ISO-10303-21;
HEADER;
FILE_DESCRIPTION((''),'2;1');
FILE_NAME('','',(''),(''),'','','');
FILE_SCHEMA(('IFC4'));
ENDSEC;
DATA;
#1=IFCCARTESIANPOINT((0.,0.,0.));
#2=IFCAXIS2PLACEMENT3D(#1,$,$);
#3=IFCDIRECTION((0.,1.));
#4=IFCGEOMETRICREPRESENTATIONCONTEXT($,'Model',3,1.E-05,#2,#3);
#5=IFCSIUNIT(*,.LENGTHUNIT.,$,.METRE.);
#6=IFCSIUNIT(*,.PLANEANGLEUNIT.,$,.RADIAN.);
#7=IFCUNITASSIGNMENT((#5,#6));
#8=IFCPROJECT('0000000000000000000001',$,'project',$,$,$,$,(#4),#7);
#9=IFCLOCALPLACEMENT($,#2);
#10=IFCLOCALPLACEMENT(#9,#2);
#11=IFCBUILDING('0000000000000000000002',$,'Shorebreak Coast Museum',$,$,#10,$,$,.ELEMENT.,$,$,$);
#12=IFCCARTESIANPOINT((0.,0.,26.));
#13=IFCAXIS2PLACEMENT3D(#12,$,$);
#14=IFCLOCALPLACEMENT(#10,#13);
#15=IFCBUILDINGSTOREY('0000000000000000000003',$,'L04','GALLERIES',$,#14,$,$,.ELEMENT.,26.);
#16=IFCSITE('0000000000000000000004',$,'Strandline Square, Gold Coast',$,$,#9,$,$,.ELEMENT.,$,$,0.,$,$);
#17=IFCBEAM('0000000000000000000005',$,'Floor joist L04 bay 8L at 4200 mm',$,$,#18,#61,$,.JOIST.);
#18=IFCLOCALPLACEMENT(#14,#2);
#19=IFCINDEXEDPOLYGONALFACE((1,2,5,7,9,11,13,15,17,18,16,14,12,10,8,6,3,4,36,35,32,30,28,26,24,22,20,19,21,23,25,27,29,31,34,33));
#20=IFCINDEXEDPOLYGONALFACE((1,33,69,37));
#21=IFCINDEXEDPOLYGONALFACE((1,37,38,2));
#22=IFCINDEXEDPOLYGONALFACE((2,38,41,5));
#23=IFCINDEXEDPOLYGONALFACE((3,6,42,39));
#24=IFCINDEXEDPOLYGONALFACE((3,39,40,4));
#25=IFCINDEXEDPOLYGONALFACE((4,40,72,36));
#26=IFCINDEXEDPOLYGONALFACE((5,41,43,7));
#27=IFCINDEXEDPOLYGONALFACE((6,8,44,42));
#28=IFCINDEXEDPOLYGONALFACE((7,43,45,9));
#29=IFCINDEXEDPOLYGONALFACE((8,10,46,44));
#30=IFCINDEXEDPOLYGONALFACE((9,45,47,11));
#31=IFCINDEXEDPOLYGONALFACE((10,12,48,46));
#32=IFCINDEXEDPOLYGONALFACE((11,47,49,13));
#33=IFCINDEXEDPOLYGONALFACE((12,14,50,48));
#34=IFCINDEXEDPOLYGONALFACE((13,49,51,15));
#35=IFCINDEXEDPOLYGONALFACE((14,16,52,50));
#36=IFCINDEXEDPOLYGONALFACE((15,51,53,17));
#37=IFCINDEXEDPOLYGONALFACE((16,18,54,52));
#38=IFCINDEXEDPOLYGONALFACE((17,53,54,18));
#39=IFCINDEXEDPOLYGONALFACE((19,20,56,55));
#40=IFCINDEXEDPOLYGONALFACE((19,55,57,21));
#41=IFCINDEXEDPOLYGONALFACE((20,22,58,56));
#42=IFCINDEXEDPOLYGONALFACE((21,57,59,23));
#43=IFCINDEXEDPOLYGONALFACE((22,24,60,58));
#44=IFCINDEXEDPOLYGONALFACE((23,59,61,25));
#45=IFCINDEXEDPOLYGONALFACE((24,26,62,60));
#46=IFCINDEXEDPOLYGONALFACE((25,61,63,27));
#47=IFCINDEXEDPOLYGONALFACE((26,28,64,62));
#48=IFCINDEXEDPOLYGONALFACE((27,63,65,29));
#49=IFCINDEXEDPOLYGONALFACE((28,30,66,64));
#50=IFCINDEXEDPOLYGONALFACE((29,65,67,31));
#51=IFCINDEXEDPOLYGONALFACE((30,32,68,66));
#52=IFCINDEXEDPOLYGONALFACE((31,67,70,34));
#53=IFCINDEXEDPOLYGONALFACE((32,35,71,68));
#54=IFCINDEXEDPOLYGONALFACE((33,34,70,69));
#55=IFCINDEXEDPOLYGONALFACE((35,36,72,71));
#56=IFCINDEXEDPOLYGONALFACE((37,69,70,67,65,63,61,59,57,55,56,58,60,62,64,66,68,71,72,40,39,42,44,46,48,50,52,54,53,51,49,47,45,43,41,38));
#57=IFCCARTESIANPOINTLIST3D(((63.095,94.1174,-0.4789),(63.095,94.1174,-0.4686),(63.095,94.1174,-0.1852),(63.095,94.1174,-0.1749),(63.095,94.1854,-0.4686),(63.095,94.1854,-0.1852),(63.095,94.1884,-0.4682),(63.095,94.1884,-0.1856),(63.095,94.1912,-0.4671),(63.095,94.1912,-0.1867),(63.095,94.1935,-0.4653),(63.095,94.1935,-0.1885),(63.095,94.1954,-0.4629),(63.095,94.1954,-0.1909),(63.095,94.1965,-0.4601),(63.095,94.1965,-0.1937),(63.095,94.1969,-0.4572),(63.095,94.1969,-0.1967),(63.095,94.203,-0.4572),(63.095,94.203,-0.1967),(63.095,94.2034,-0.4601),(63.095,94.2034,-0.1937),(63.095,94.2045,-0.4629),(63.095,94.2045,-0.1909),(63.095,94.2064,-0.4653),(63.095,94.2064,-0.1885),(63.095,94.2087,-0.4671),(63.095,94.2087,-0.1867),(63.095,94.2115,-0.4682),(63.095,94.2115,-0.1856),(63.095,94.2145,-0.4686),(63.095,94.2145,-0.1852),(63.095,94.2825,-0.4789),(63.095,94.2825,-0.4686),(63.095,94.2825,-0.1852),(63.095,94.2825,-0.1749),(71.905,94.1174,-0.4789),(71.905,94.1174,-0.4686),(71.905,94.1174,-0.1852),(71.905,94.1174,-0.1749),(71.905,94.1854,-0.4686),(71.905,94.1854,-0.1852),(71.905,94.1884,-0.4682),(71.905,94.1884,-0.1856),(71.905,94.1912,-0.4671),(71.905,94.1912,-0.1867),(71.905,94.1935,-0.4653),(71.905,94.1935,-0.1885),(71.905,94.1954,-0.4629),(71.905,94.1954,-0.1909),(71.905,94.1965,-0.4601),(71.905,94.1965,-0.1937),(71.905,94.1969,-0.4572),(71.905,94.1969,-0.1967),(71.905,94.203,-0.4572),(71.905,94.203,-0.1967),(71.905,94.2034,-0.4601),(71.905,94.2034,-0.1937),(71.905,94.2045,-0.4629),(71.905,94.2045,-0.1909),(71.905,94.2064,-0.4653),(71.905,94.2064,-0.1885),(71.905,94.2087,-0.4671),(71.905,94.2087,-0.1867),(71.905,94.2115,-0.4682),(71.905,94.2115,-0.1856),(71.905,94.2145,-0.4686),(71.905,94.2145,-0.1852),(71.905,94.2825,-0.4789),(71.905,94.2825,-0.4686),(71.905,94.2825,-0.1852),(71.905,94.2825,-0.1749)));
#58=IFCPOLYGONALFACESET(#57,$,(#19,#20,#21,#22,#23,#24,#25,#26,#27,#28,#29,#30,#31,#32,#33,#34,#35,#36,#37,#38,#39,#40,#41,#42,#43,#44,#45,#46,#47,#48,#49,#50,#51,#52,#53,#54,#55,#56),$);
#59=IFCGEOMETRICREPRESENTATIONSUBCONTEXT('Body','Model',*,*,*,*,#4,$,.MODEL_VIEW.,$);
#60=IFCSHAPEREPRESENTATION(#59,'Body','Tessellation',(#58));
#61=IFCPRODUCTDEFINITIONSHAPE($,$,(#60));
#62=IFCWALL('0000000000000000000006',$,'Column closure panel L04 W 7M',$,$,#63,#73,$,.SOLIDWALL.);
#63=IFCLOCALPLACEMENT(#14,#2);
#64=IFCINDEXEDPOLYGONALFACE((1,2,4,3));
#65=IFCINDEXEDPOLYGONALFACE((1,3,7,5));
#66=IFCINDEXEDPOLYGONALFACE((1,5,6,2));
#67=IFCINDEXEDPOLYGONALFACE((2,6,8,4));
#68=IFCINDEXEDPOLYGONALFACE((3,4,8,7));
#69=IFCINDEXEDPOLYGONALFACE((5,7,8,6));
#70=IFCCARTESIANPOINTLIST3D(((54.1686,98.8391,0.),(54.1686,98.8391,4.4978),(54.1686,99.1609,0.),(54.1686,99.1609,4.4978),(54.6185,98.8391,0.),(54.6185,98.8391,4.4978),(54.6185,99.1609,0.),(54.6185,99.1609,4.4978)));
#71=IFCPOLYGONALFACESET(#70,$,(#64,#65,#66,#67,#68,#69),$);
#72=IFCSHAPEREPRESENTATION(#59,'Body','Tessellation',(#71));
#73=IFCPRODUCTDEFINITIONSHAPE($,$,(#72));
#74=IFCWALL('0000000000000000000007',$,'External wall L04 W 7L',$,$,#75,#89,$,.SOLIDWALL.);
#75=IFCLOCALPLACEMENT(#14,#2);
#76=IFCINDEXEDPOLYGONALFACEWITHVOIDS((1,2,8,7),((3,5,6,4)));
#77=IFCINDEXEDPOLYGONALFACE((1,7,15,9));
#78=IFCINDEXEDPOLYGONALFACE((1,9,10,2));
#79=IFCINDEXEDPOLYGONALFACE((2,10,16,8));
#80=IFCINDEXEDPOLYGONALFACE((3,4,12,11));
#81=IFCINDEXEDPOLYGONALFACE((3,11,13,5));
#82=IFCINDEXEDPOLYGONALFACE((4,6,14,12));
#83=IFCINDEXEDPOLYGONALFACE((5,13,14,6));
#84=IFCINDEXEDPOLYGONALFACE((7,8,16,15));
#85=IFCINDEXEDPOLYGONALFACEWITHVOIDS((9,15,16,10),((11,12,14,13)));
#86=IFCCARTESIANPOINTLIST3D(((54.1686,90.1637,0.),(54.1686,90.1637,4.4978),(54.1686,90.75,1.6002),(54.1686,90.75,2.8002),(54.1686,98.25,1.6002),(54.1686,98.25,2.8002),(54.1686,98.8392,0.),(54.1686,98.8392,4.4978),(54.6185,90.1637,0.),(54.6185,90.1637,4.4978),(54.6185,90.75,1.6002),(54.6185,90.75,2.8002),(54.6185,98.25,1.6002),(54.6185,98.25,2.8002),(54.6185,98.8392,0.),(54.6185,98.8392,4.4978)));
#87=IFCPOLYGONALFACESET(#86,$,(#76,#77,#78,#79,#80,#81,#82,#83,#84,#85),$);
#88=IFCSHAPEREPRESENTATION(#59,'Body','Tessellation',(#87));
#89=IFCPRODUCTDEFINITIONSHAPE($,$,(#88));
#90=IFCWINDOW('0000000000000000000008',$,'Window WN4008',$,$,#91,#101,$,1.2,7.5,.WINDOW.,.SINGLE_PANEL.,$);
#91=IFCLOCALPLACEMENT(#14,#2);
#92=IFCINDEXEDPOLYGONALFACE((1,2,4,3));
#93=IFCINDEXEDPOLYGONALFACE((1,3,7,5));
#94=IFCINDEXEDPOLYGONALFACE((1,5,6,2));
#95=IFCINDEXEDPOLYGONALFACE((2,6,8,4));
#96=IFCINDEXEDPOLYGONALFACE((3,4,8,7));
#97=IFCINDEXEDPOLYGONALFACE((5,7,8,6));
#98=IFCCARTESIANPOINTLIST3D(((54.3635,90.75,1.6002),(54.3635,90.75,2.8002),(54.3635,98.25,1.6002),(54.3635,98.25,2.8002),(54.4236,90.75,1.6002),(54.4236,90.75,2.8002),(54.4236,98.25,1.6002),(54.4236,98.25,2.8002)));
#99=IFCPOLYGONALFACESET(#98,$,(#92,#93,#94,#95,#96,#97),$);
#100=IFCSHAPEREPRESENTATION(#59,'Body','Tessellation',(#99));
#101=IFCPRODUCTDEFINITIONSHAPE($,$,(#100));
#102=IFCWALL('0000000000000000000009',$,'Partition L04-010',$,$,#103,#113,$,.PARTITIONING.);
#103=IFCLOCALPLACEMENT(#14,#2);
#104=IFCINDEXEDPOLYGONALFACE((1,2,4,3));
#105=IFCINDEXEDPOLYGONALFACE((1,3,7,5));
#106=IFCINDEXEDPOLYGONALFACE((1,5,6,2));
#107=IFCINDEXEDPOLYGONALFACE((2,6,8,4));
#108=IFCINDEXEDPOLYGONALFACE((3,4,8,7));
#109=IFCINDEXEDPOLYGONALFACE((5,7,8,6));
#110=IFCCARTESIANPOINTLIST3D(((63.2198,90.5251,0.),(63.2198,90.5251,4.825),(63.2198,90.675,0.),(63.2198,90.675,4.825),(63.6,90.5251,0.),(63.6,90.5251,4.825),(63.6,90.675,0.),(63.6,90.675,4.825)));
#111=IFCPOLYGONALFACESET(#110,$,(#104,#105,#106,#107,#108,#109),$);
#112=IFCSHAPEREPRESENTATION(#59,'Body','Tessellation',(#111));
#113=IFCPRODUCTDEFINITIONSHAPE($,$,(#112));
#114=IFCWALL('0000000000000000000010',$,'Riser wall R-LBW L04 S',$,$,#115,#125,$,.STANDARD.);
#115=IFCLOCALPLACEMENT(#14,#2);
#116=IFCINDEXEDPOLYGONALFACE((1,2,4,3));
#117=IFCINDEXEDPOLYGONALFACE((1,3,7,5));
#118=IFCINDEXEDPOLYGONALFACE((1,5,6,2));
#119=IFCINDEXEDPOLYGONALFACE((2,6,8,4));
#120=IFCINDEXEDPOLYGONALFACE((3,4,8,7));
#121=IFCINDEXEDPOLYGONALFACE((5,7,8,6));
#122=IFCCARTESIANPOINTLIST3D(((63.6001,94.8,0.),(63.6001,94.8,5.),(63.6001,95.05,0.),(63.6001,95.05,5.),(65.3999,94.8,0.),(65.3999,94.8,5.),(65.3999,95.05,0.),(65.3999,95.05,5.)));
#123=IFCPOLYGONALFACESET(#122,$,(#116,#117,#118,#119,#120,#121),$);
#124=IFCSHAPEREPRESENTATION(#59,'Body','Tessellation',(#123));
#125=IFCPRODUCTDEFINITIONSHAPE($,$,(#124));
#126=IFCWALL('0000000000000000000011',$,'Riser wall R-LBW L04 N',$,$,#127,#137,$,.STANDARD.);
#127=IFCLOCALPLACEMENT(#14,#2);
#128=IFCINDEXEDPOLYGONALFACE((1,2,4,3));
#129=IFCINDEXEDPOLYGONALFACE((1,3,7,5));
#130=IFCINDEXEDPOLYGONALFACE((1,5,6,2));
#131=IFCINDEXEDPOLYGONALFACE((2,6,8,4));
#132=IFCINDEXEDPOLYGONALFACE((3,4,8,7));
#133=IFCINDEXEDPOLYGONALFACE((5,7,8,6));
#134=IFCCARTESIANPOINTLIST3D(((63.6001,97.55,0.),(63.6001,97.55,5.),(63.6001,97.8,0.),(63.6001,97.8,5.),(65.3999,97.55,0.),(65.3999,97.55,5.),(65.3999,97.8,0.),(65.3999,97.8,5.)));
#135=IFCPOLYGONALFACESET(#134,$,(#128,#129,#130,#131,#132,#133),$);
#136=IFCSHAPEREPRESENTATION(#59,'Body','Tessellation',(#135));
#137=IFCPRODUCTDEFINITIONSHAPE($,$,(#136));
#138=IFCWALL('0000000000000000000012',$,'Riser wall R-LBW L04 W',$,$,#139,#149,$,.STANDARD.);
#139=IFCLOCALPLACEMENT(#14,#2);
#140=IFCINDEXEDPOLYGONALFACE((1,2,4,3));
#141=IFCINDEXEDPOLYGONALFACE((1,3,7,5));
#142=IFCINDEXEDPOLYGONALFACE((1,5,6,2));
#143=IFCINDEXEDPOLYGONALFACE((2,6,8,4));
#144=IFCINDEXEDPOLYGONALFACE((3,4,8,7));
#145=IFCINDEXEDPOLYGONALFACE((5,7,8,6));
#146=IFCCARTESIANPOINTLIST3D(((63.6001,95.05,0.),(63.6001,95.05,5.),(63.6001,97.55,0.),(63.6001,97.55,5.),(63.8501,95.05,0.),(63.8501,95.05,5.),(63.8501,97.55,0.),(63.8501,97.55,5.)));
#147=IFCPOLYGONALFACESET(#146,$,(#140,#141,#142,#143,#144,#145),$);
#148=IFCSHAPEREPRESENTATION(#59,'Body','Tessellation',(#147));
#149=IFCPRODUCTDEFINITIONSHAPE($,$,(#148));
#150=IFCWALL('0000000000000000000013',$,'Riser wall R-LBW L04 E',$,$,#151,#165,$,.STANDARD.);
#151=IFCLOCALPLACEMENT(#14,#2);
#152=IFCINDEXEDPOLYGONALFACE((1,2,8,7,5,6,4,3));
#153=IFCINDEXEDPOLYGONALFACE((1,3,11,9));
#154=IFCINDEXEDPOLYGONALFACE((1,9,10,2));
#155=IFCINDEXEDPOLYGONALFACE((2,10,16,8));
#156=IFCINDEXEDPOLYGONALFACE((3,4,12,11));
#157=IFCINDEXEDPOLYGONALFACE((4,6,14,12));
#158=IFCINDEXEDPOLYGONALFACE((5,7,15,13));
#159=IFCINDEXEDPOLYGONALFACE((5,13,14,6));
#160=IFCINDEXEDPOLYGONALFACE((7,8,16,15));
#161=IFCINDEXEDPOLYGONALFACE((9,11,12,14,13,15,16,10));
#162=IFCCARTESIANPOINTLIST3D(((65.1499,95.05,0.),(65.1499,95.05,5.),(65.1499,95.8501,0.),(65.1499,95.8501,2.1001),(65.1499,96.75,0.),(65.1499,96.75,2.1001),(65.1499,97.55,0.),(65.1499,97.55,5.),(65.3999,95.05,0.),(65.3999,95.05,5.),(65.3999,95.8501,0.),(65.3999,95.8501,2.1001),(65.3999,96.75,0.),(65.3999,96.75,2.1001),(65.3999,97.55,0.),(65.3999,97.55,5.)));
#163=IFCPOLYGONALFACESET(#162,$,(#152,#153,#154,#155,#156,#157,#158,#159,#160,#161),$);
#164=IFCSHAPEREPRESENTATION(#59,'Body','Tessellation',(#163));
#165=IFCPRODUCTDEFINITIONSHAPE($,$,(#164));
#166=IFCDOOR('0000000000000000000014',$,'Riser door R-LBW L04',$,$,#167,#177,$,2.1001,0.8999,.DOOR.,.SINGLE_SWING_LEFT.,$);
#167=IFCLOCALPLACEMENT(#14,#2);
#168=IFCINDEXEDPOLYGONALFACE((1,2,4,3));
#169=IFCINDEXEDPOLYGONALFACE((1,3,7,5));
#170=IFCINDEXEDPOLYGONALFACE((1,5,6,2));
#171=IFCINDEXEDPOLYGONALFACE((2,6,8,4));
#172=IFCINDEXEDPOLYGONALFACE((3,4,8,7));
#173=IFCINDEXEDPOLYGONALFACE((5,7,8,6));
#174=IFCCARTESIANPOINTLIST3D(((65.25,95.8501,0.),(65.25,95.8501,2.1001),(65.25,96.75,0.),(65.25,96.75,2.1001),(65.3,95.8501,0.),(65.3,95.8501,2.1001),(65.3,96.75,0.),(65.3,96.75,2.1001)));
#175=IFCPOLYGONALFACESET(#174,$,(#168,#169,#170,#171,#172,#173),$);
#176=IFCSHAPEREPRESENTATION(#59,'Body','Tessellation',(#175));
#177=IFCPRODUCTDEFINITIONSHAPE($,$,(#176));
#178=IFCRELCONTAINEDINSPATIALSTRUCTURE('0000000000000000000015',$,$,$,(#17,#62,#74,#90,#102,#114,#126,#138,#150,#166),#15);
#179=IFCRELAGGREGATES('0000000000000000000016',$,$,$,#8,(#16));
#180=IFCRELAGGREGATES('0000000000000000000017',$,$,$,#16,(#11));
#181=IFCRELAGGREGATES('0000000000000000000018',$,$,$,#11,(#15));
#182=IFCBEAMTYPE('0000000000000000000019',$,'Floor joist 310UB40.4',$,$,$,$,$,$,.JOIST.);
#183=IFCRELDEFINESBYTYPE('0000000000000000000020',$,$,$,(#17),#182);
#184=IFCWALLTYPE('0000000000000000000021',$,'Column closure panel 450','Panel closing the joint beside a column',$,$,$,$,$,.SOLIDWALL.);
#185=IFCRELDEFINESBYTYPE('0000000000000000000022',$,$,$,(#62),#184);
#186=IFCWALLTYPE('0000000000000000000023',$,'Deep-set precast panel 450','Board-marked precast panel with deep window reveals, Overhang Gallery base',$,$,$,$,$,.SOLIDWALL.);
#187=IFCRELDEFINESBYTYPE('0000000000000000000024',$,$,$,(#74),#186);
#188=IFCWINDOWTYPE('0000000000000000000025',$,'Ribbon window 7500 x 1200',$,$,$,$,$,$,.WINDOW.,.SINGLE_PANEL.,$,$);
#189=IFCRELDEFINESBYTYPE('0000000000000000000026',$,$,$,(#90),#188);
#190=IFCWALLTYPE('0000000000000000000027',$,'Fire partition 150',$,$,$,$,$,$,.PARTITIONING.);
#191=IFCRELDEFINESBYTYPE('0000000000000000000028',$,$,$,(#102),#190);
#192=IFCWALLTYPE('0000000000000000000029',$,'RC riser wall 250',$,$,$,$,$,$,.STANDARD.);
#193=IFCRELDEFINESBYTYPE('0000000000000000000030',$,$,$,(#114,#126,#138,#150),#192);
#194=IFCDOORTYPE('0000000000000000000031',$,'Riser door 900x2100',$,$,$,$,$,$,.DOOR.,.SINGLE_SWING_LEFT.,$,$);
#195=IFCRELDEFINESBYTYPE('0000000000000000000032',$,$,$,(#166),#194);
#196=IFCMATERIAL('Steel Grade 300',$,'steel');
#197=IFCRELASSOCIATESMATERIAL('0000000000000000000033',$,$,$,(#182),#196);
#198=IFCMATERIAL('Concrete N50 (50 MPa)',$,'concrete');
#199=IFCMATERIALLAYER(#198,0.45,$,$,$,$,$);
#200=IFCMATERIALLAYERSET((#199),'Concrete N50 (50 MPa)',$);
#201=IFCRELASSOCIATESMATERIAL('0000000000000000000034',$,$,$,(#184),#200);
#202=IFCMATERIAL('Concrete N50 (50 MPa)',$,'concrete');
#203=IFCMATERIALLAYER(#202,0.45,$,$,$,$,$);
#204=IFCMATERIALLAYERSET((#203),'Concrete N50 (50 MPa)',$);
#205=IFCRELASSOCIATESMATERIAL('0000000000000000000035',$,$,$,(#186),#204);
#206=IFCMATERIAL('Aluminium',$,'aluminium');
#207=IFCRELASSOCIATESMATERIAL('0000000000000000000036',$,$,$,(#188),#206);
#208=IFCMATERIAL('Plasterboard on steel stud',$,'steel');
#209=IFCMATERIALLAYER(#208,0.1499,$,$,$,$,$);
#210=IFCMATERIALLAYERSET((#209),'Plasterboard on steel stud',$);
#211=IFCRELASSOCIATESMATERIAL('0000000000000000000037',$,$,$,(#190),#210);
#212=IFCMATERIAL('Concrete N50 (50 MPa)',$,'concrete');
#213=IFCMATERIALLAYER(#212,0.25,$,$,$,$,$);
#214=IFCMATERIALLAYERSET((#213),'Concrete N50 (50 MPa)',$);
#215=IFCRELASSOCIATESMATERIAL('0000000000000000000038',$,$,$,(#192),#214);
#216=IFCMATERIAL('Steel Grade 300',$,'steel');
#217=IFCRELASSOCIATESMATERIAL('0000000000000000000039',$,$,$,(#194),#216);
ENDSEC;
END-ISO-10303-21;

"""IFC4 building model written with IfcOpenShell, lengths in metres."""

from ifc_helpers import new_model, si_unit, direction, frame, frame_2d, origin, origin_2d, place, context, subcontext, project, spatial, rectangle, i_section, extrude, material, layer, layer_set, material_profile, profile_set, type_object, element, fill, save


model = new_model("IFC4")

# Units and contexts
model_context = context("Model", 3, precision=1e-05, world=origin(), true_north=direction((0.0, 1.0)))
body_context = subcontext(model_context, "Body", "Model", "MODEL_VIEW")
ifc_project = project(units=[si_unit("LENGTHUNIT", "METRE"), si_unit("PLANEANGLEUNIT", "RADIAN")], contexts=[model_context])

# Site, building, storey
site_placement = place(None, origin())
site = spatial("IfcSite", under=ifc_project, at=site_placement, Name="Strandline Square, Gold Coast", CompositionType="ELEMENT", RefElevation=0.0)
building_placement = place(site_placement, origin())
building = spatial("IfcBuilding", under=site, at=building_placement, Name="Shorebreak Coast Museum", CompositionType="ELEMENT")
storey_placement = place(building_placement, frame((0.0, 0.0, 26.0)))
storey = spatial("IfcBuildingStorey", under=building, at=storey_placement, Name="L04", Description="GALLERIES", CompositionType="ELEMENT", Elevation=26.0)

# Beam
ifc_material_1 = material(Name="Steel Grade 300", Category="steel")
ifc_material_profile_1 = material_profile(ifc_material_1, i_section(OverallWidth=0.165, OverallDepth=0.304, WebThickness=0.0061, FlangeThickness=0.0103, FilletRadius=0.0115, at=origin_2d()), Name="310UB40.4")
ifc_profile_set_1 = profile_set([ifc_material_profile_1], Name="Steel Grade 300")
beam_type_1 = type_object("IfcBeamType", Name="Floor joist 310UB40.4", PredefinedType="JOIST", material=ifc_profile_set_1)
for number, where, z_axis, x_axis, name in (
    (1, (63.095, 94.2, -0.3269), (1.0, 0.0, 0.0), (0.0, 1.0, 0.0), "Floor joist L04 bay 8L at 4200 mm"),
):
    element("IfcBeam", number, at=place(storey_placement, frame(where, z_axis=z_axis, x_axis=x_axis)), inside=storey, type_object=beam_type_1, Name=name, PredefinedType="JOIST", context=body_context, shape_type="SweptSolid", body=[
        extrude(i_section(OverallWidth=0.165, OverallDepth=0.304, WebThickness=0.0061, FlangeThickness=0.0103, FilletRadius=0.0115, at=origin_2d()), origin(), (0.0, 0.0, 1.0), 8.8101),
    ])

# Wall
ifc_material_2 = material(Name="Concrete N50 (50 MPa)", Category="concrete")
ifc_layer_1 = layer(ifc_material_2, 0.45)
ifc_layer_set_1 = layer_set([ifc_layer_1], Name="Concrete N50 (50 MPa)")
wall_type_1 = type_object("IfcWallType", Name="Column closure panel 450", Description="Panel closing the joint beside a column", PredefinedType="SOLIDWALL", material=ifc_layer_set_1)
wall_1_placement = place(storey_placement, frame((54.3936, 98.8391, 0.0), z_axis=(0.0, 0.0, 1.0), x_axis=(0.0, 1.0, 0.0)))
element("IfcWall", 2, at=wall_1_placement, inside=storey, type_object=wall_type_1, Name="Column closure panel L04 W 7M", PredefinedType="SOLIDWALL", context=body_context, shape_type="SweptSolid", body=[
    extrude(rectangle(XDim=0.3218, YDim=0.45, at=frame_2d((0.1609, 0.0))), origin(), (0.0, 0.0, 1.0), 4.4978),
])

# Wall, opening, window
ifc_material_3 = material(Name="Concrete N50 (50 MPa)", Category="concrete")
ifc_layer_2 = layer(ifc_material_3, 0.45)
ifc_layer_set_2 = layer_set([ifc_layer_2], Name="Concrete N50 (50 MPa)")
wall_type_2 = type_object("IfcWallType", Name="Deep-set precast panel 450", Description="Board-marked precast panel with deep window reveals, Overhang Gallery base", PredefinedType="SOLIDWALL", material=ifc_layer_set_2)
wall_2_placement = place(storey_placement, frame((54.3936, 90.1636, 0.0), z_axis=(0.0, 0.0, 1.0), x_axis=(0.0, 1.0, 0.0)))
wall_2 = element("IfcWall", 3, at=wall_2_placement, inside=storey, type_object=wall_type_2, Name="External wall L04 W 7L", PredefinedType="SOLIDWALL", context=body_context, shape_type="SweptSolid", body=[
    extrude(rectangle(XDim=8.6755, YDim=0.45, at=frame_2d((4.3379, 0.0))), origin(), (0.0, 0.0, 1.0), 4.4978),
])
opening_1_placement = place(wall_2_placement, frame((0.5864, 0.0, 1.6001)))
opening_1 = element("IfcOpeningElement", 4, at=opening_1_placement, cuts=wall_2, PredefinedType="OPENING", context=body_context, shape_type="SweptSolid", body=[
    extrude(rectangle(XDim=7.5, YDim=1.2, at=frame_2d((3.75, 0.6001))), frame((0.0, 0.2349, 0.0), z_axis=(0.0, -1.0, 0.0), x_axis=(1.0, 0.0, 0.0)), (0.0, 0.0, 1.0), 0.47),
])
ifc_material_4 = material(Name="Aluminium", Category="aluminium")
window_type = type_object("IfcWindowType", Name="Ribbon window 7500 x 1200", PartitioningType="SINGLE_PANEL", PredefinedType="WINDOW", material=ifc_material_4)
window_placement = place(opening_1_placement, origin())
window = element("IfcWindow", 5, at=window_placement, inside=storey, type_object=window_type, Name="Window WN4008", OverallHeight=1.2, OverallWidth=7.5, PartitioningType="SINGLE_PANEL", PredefinedType="WINDOW", context=body_context, shape_type="SweptSolid", body=[
    extrude(rectangle(XDim=7.5, YDim=1.2, at=frame_2d((3.75, 0.6001))), frame((0.0, 0.03, 0.0), z_axis=(0.0, -1.0, 0.0), x_axis=(1.0, 0.0, 0.0)), (0.0, 0.0, 1.0), 0.0601),
])
fill(opening_1, window)

# Walls
ifc_material_5 = material(Name="Plasterboard on steel stud", Category="steel")
ifc_layer_3 = layer(ifc_material_5, 0.1499)
ifc_layer_set_3 = layer_set([ifc_layer_3], Name="Plasterboard on steel stud")
wall_type_3 = type_object("IfcWallType", Name="Fire partition 150", PredefinedType="PARTITIONING", material=ifc_layer_set_3)
wall_3_placement = place(storey_placement, frame((63.22, 90.6001, 0.0), z_axis=(0.0, 0.0, 1.0), x_axis=(1.0, 0.0, 0.0)))
element("IfcWall", 6, at=wall_3_placement, inside=storey, type_object=wall_type_3, Name="Partition L04-010", PredefinedType="PARTITIONING", context=body_context, shape_type="SweptSolid", body=[
    extrude(rectangle(XDim=0.3801, YDim=0.1499, at=frame_2d((0.1899, 0.0))), origin(), (0.0, 0.0, 1.0), 4.825),
])
ifc_material_6 = material(Name="Concrete N50 (50 MPa)", Category="concrete")
ifc_layer_4 = layer(ifc_material_6, 0.25)
ifc_layer_set_4 = layer_set([ifc_layer_4], Name="Concrete N50 (50 MPa)")
wall_type_4 = type_object("IfcWallType", Name="RC riser wall 250", PredefinedType="STANDARD", material=ifc_layer_set_4)
for number, where, z_axis, x_axis, name in (
    (7, (63.6001, 94.925, 0.0), (0.0, 0.0, 1.0), (1.0, 0.0, 0.0), "Riser wall R-LBW L04 S"),
    (8, (63.6001, 97.675, 0.0), (0.0, 0.0, 1.0), (1.0, 0.0, 0.0), "Riser wall R-LBW L04 N"),
):
    element("IfcWall", number, at=place(storey_placement, frame(where, z_axis=z_axis, x_axis=x_axis)), inside=storey, type_object=wall_type_4, Name=name, PredefinedType="STANDARD", context=body_context, shape_type="SweptSolid", body=[
        extrude(rectangle(XDim=1.7998, YDim=0.25, at=frame_2d((0.8999, 0.0))), origin(), (0.0, 0.0, 1.0), 5.0),
    ])
wall_4_placement = place(storey_placement, frame((63.7251, 95.05, 0.0), z_axis=(0.0, 0.0, 1.0), x_axis=(0.0, 1.0, 0.0)))
element("IfcWall", 9, at=wall_4_placement, inside=storey, type_object=wall_type_4, Name="Riser wall R-LBW L04 W", PredefinedType="STANDARD", context=body_context, shape_type="SweptSolid", body=[
    extrude(rectangle(XDim=2.5, YDim=0.25, at=frame_2d((1.25, 0.0))), origin(), (0.0, 0.0, 1.0), 5.0),
])

# Wall, opening, door
wall_5_placement = place(storey_placement, frame((65.2749, 95.05, 0.0), z_axis=(0.0, 0.0, 1.0), x_axis=(0.0, 1.0, 0.0)))
wall_5 = element("IfcWall", 10, at=wall_5_placement, inside=storey, type_object=wall_type_4, Name="Riser wall R-LBW L04 E", PredefinedType="STANDARD", context=body_context, shape_type="SweptSolid", body=[
    extrude(rectangle(XDim=2.5, YDim=0.25, at=frame_2d((1.25, 0.0))), origin(), (0.0, 0.0, 1.0), 5.0),
])
opening_2_placement = place(wall_5_placement, frame((0.8, 0.0, 0.0)))
opening_2 = element("IfcOpeningElement", 11, at=opening_2_placement, cuts=wall_5, PredefinedType="OPENING", context=body_context, shape_type="SweptSolid", body=[
    extrude(rectangle(XDim=0.8999, YDim=2.1001, at=frame_2d((0.45, 1.05))), frame((0.0, 0.135, 0.0), z_axis=(0.0, -1.0, 0.0), x_axis=(1.0, 0.0, 0.0)), (0.0, 0.0, 1.0), 0.27),
])
ifc_material_7 = material(Name="Steel Grade 300", Category="steel")
door_type_1 = type_object("IfcDoorType", Name="Riser door 900x2100", OperationType="SINGLE_SWING_LEFT", PredefinedType="DOOR", material=ifc_material_7)
door_1_placement = place(opening_2_placement, origin())
door_1 = element("IfcDoor", 12, at=door_1_placement, inside=storey, type_object=door_type_1, Name="Riser door R-LBW L04", OperationType="SINGLE_SWING_LEFT", OverallHeight=2.1001, OverallWidth=0.8999, PredefinedType="DOOR", context=body_context, shape_type="SweptSolid", body=[
    extrude(rectangle(XDim=0.8999, YDim=2.1001, at=frame_2d((0.45, 1.05))), frame((0.0, 0.0249, 0.0), z_axis=(0.0, -1.0, 0.0), x_axis=(1.0, 0.0, 0.0)), (0.0, 0.0, 1.0), 0.05),
])
fill(opening_2, door_1)

save(model, "model.ifc")
